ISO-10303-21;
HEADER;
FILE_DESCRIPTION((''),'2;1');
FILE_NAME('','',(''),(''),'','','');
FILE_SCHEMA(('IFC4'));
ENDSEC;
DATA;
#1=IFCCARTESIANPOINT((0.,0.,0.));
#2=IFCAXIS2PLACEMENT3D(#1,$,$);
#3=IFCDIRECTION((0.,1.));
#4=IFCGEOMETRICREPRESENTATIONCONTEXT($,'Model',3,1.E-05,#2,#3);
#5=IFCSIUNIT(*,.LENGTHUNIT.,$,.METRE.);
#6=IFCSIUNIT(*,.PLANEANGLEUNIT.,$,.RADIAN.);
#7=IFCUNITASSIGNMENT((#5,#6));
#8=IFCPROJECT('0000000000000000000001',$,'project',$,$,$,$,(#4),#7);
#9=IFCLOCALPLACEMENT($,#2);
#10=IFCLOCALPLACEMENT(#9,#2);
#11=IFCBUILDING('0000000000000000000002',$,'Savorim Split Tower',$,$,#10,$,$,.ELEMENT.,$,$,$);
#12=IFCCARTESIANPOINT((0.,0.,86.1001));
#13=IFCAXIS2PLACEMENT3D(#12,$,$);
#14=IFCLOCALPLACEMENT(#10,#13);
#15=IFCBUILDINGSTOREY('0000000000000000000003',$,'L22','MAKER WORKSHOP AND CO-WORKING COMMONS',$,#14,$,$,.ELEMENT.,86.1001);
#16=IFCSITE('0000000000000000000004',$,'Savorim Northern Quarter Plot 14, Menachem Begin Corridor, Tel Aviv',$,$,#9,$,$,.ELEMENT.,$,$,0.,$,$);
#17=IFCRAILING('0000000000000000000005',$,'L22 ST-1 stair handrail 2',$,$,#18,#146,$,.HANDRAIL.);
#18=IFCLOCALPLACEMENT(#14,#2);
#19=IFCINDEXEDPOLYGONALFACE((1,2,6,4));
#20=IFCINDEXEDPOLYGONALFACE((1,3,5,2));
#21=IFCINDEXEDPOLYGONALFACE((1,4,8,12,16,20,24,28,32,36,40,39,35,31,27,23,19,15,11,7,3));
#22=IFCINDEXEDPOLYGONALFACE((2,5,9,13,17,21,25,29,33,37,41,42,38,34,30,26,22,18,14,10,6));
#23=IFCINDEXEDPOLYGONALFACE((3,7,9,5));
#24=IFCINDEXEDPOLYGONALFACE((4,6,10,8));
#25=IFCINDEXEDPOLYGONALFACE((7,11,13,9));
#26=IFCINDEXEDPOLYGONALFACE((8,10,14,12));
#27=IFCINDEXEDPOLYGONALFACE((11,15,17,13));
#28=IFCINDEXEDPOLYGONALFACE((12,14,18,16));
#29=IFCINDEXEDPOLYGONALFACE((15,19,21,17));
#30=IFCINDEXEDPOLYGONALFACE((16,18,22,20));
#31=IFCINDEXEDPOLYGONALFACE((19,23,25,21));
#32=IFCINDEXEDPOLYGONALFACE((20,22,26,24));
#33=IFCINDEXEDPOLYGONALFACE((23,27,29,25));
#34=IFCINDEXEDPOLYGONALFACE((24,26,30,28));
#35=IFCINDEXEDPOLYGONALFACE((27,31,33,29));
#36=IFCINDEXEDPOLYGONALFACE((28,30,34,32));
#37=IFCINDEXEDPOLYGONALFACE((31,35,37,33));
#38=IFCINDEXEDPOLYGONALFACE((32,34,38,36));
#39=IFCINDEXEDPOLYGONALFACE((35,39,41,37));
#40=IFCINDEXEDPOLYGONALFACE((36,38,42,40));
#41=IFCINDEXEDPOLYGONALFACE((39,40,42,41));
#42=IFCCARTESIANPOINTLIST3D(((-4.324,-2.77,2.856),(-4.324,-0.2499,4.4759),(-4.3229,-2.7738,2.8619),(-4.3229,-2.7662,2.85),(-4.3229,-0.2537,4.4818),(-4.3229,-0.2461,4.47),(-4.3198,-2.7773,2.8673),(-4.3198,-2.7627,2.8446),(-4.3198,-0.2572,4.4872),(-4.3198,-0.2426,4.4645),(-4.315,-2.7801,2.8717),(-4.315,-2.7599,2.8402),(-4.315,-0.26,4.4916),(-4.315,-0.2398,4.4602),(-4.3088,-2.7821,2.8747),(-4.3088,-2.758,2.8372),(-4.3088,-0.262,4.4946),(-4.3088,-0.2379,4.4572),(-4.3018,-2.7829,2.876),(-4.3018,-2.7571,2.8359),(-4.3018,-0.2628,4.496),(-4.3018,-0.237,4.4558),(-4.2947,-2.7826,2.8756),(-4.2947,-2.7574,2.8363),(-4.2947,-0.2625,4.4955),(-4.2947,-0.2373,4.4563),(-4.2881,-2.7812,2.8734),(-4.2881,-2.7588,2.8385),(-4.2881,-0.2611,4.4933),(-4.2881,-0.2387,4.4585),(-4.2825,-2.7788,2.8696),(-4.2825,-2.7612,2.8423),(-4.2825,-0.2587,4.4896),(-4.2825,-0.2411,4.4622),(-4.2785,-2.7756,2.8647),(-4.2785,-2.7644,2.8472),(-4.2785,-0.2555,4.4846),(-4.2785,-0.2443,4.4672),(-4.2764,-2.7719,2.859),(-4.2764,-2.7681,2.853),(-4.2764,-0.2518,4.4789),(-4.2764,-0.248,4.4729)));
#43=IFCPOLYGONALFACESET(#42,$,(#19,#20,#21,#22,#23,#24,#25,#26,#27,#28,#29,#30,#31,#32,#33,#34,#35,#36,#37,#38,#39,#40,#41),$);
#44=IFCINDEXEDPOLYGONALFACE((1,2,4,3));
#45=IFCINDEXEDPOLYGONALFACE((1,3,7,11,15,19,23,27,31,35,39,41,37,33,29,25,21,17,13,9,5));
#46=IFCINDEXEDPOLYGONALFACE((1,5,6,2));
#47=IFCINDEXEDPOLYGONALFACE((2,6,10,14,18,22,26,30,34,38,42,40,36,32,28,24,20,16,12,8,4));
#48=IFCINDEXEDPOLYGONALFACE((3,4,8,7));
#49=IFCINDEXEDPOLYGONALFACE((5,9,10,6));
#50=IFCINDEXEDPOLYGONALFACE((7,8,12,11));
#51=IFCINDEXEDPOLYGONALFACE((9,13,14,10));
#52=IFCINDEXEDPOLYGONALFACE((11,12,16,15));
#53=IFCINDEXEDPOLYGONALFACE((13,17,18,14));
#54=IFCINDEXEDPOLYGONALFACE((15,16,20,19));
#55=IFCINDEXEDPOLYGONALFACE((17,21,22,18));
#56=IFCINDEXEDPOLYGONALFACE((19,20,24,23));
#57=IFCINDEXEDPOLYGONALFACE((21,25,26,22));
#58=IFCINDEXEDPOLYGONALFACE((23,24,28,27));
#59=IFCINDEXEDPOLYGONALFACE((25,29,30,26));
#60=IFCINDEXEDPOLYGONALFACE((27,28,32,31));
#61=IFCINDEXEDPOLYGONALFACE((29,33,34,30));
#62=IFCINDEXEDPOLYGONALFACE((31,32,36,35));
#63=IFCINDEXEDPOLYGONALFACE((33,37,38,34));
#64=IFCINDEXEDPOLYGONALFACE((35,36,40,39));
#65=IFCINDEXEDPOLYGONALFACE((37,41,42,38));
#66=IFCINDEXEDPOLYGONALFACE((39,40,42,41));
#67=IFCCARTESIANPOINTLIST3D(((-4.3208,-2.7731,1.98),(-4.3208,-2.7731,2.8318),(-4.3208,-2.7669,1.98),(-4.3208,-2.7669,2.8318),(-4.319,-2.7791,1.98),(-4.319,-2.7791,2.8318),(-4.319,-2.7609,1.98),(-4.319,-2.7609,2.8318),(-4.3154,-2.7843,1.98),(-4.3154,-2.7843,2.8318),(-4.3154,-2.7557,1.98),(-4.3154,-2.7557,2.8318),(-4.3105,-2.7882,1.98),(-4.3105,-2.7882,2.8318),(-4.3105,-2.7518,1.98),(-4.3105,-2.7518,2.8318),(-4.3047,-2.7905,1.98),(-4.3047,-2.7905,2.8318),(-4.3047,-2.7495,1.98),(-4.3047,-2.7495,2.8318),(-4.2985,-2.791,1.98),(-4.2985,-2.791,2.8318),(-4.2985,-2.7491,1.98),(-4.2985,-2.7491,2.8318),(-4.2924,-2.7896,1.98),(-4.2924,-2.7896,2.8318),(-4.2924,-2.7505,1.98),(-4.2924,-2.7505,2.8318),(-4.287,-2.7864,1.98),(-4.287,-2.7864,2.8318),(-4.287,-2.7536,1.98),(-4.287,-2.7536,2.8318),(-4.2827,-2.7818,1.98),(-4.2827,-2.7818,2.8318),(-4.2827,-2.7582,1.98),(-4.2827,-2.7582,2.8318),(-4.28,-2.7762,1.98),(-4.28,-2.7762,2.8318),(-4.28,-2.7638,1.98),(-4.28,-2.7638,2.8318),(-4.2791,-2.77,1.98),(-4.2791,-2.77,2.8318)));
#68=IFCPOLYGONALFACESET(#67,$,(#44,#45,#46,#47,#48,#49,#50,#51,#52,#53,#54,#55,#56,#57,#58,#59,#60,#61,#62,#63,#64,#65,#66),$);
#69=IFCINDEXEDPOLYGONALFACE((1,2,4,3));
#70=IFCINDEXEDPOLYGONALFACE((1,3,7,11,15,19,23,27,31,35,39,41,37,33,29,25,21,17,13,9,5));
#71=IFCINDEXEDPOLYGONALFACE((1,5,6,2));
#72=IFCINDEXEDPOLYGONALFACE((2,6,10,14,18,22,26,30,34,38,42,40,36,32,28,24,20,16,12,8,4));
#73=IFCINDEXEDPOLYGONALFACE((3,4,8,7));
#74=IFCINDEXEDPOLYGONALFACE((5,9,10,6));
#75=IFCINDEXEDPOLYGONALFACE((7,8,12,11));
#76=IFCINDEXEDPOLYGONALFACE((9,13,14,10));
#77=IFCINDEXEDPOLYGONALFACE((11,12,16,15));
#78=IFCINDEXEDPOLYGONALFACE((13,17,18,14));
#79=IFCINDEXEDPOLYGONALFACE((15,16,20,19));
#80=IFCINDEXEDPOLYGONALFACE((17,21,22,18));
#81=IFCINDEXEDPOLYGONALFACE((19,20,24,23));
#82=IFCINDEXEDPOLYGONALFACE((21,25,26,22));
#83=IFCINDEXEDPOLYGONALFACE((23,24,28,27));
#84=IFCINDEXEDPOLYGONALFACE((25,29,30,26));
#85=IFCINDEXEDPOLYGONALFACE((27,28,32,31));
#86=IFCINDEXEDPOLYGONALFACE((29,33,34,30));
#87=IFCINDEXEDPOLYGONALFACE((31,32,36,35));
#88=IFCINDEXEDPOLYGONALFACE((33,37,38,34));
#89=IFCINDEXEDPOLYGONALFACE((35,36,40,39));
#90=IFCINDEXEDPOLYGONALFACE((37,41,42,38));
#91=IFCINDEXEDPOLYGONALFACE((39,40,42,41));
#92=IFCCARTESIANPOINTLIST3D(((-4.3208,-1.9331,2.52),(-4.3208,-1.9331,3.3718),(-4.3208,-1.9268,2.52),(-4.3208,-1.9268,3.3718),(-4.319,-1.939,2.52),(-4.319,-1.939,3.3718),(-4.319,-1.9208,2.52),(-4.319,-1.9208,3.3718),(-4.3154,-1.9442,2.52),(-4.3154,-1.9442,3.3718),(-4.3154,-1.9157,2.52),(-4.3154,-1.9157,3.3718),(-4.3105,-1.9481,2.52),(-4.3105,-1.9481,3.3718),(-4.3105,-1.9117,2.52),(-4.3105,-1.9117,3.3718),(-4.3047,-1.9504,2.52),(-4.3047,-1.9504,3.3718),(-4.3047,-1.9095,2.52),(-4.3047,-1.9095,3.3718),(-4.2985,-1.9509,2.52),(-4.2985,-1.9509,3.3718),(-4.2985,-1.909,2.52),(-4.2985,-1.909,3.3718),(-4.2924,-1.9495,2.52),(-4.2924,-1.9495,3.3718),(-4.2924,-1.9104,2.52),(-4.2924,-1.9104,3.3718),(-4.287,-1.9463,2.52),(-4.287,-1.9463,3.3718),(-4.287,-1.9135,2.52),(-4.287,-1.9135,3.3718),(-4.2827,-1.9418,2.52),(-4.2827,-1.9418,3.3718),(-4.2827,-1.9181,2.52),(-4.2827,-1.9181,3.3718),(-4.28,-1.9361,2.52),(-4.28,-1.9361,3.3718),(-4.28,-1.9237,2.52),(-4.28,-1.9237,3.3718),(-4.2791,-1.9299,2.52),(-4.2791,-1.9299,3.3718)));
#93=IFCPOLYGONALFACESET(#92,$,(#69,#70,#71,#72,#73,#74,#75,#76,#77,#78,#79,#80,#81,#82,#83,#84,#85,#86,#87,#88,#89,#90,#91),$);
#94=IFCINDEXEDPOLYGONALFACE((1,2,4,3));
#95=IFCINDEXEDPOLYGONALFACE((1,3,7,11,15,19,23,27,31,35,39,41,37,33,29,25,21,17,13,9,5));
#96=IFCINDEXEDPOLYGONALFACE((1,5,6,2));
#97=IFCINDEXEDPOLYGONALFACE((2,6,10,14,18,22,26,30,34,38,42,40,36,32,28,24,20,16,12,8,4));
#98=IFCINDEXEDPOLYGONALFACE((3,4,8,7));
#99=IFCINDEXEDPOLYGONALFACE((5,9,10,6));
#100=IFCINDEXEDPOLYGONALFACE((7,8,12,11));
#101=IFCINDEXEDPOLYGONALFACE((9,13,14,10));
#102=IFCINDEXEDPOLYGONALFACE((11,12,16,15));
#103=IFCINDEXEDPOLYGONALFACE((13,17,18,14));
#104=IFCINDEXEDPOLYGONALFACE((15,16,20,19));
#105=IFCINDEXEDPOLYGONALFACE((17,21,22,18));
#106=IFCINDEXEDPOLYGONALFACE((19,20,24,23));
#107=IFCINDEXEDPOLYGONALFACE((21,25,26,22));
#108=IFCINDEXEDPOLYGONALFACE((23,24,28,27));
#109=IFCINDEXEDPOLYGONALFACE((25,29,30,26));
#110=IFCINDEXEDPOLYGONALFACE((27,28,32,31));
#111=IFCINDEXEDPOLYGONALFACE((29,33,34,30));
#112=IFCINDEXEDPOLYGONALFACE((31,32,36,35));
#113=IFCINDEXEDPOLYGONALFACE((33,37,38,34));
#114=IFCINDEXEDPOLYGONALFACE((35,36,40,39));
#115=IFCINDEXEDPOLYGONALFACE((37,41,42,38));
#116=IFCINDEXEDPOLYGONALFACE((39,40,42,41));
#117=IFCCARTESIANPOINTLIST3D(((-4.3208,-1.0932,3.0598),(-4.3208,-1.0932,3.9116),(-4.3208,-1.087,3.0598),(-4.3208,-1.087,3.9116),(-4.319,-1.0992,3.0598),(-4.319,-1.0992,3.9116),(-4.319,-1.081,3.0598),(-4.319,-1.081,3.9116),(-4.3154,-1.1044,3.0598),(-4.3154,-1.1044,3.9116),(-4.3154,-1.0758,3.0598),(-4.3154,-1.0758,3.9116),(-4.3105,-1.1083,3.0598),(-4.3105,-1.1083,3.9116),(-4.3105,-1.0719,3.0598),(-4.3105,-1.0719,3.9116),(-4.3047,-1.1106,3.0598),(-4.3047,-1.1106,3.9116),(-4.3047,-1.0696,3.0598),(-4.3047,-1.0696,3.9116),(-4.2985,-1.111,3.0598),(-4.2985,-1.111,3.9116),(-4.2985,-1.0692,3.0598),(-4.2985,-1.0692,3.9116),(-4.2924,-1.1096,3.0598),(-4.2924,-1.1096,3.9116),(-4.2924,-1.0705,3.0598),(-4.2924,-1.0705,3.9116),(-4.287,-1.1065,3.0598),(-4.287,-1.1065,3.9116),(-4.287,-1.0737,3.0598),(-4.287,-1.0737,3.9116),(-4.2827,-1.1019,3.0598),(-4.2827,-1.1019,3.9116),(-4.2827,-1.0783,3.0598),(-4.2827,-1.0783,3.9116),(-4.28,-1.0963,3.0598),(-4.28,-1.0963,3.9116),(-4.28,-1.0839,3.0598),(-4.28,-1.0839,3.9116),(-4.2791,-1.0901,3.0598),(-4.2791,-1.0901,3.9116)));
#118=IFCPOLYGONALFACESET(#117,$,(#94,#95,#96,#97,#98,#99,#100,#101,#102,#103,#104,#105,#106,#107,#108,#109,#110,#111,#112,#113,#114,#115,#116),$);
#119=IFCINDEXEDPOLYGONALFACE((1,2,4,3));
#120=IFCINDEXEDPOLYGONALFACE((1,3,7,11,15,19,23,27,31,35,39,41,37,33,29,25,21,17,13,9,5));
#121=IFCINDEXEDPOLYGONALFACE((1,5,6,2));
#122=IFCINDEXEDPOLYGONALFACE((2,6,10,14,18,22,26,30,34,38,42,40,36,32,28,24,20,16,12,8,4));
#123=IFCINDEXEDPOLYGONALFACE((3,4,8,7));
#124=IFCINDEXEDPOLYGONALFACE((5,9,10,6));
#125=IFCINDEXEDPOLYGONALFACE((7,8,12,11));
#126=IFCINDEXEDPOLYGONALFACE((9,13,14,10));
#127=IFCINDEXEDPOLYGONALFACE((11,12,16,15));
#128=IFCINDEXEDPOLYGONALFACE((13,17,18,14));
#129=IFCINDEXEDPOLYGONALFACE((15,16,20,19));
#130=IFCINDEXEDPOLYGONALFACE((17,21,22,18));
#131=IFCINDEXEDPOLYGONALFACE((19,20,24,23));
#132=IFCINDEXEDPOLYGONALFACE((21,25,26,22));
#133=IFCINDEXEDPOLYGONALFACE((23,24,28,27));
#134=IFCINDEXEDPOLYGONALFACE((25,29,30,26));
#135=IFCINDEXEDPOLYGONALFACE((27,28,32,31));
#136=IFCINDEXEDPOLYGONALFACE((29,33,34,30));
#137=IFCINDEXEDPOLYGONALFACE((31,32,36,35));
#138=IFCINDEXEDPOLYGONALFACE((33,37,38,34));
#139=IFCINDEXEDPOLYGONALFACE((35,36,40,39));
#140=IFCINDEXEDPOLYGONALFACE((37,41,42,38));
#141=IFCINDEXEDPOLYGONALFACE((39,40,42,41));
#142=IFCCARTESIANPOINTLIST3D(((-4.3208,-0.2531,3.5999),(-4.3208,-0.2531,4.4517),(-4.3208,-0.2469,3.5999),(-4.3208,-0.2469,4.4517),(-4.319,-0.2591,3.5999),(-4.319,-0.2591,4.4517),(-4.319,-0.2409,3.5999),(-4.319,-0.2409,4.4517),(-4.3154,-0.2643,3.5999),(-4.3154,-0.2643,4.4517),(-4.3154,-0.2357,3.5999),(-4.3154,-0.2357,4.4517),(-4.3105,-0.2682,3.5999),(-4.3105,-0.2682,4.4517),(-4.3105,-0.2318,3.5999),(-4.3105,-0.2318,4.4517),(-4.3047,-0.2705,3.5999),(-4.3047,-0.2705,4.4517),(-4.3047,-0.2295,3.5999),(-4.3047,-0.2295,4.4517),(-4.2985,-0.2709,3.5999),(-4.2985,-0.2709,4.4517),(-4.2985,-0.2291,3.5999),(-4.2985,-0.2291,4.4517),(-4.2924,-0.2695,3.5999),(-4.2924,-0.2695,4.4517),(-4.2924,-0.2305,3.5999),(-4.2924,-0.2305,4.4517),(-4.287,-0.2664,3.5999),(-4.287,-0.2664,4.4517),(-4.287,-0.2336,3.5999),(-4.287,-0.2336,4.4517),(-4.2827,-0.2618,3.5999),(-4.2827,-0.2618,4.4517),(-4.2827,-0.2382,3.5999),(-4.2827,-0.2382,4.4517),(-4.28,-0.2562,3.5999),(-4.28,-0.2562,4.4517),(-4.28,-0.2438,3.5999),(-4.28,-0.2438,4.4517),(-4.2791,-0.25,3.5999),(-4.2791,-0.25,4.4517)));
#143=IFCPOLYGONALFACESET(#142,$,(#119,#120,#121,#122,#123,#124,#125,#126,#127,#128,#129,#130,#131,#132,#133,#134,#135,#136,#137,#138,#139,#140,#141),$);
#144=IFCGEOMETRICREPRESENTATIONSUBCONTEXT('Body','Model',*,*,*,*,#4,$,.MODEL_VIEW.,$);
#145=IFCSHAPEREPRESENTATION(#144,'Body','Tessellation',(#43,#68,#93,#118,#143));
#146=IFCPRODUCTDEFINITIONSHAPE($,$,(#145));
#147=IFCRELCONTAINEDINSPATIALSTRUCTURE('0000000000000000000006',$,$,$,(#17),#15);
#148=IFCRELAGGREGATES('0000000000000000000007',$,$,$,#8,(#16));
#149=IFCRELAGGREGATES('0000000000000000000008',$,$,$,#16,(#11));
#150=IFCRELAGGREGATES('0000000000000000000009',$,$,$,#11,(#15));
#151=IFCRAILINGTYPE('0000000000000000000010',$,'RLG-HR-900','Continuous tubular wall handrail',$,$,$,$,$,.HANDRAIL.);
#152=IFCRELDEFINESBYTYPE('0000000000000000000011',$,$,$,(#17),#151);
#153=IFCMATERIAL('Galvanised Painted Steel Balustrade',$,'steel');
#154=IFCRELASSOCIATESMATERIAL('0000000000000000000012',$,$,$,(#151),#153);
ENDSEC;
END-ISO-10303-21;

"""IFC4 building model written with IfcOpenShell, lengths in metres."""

from ifc_helpers import new_model, si_unit, direction, frame, origin, origin_2d, place, context, subcontext, project, spatial, circle, extrude, material, type_object, element, save


model = new_model("IFC4")

# Units and contexts
model_context = context("Model", 3, precision=1e-05, world=origin(), true_north=direction((0.0, 1.0)))
body_context = subcontext(model_context, "Body", "Model", "MODEL_VIEW")
ifc_project = project(units=[si_unit("LENGTHUNIT", "METRE"), si_unit("PLANEANGLEUNIT", "RADIAN")], contexts=[model_context])

# Site, building, storey
site_placement = place(None, origin())
site = spatial("IfcSite", under=ifc_project, at=site_placement, Name="Savorim Northern Quarter Plot 14, Menachem Begin Corridor, Tel Aviv", CompositionType="ELEMENT", RefElevation=0.0)
building_placement = place(site_placement, origin())
building = spatial("IfcBuilding", under=site, at=building_placement, Name="Savorim Split Tower", CompositionType="ELEMENT")
storey_placement = place(building_placement, frame((0.0, 0.0, 86.1001)))
storey = spatial("IfcBuildingStorey", under=building, at=storey_placement, Name="L22", Description="MAKER WORKSHOP AND CO-WORKING COMMONS", CompositionType="ELEMENT", Elevation=86.1001)

# Railing
ifc_material_1 = material(Name="Galvanised Painted Steel Balustrade", Category="steel")
railing_type_1 = type_object("IfcRailingType", Name="RLG-HR-900", Description="Continuous tubular wall handrail", PredefinedType="HANDRAIL", material=ifc_material_1)
railing_1_placement = place(storey_placement, frame((-4.3, -2.77, 1.98)))
element("IfcRailing", 1, at=railing_1_placement, inside=storey, type_object=railing_type_1, Name="L22 ST-1 stair handrail 2", PredefinedType="HANDRAIL", context=body_context, shape_type="SweptSolid", body=[
    extrude(circle(Radius=0.0239, at=origin_2d()), frame((0.0, 0.0, 0.876), z_axis=(0.0, 0.8412, 0.540725), x_axis=(-1.0, 0.0, 0.0)), (0.0, 0.0, 1.0), 2.9958),
    extrude(circle(Radius=0.021, at=origin_2d()), origin(), (0.0, 0.0, 1.0), 0.8518),
    extrude(circle(Radius=0.021, at=origin_2d()), frame((0.0, 0.8401, 0.54)), (0.0, 0.0, 1.0), 0.8518),
    extrude(circle(Radius=0.021, at=origin_2d()), frame((0.0, 1.6799, 1.0798)), (0.0, 0.0, 1.0), 0.8518),
    extrude(circle(Radius=0.021, at=origin_2d()), frame((0.0, 2.52, 1.6199)), (0.0, 0.0, 1.0), 0.8518),
])

save(model, "model.ifc")
